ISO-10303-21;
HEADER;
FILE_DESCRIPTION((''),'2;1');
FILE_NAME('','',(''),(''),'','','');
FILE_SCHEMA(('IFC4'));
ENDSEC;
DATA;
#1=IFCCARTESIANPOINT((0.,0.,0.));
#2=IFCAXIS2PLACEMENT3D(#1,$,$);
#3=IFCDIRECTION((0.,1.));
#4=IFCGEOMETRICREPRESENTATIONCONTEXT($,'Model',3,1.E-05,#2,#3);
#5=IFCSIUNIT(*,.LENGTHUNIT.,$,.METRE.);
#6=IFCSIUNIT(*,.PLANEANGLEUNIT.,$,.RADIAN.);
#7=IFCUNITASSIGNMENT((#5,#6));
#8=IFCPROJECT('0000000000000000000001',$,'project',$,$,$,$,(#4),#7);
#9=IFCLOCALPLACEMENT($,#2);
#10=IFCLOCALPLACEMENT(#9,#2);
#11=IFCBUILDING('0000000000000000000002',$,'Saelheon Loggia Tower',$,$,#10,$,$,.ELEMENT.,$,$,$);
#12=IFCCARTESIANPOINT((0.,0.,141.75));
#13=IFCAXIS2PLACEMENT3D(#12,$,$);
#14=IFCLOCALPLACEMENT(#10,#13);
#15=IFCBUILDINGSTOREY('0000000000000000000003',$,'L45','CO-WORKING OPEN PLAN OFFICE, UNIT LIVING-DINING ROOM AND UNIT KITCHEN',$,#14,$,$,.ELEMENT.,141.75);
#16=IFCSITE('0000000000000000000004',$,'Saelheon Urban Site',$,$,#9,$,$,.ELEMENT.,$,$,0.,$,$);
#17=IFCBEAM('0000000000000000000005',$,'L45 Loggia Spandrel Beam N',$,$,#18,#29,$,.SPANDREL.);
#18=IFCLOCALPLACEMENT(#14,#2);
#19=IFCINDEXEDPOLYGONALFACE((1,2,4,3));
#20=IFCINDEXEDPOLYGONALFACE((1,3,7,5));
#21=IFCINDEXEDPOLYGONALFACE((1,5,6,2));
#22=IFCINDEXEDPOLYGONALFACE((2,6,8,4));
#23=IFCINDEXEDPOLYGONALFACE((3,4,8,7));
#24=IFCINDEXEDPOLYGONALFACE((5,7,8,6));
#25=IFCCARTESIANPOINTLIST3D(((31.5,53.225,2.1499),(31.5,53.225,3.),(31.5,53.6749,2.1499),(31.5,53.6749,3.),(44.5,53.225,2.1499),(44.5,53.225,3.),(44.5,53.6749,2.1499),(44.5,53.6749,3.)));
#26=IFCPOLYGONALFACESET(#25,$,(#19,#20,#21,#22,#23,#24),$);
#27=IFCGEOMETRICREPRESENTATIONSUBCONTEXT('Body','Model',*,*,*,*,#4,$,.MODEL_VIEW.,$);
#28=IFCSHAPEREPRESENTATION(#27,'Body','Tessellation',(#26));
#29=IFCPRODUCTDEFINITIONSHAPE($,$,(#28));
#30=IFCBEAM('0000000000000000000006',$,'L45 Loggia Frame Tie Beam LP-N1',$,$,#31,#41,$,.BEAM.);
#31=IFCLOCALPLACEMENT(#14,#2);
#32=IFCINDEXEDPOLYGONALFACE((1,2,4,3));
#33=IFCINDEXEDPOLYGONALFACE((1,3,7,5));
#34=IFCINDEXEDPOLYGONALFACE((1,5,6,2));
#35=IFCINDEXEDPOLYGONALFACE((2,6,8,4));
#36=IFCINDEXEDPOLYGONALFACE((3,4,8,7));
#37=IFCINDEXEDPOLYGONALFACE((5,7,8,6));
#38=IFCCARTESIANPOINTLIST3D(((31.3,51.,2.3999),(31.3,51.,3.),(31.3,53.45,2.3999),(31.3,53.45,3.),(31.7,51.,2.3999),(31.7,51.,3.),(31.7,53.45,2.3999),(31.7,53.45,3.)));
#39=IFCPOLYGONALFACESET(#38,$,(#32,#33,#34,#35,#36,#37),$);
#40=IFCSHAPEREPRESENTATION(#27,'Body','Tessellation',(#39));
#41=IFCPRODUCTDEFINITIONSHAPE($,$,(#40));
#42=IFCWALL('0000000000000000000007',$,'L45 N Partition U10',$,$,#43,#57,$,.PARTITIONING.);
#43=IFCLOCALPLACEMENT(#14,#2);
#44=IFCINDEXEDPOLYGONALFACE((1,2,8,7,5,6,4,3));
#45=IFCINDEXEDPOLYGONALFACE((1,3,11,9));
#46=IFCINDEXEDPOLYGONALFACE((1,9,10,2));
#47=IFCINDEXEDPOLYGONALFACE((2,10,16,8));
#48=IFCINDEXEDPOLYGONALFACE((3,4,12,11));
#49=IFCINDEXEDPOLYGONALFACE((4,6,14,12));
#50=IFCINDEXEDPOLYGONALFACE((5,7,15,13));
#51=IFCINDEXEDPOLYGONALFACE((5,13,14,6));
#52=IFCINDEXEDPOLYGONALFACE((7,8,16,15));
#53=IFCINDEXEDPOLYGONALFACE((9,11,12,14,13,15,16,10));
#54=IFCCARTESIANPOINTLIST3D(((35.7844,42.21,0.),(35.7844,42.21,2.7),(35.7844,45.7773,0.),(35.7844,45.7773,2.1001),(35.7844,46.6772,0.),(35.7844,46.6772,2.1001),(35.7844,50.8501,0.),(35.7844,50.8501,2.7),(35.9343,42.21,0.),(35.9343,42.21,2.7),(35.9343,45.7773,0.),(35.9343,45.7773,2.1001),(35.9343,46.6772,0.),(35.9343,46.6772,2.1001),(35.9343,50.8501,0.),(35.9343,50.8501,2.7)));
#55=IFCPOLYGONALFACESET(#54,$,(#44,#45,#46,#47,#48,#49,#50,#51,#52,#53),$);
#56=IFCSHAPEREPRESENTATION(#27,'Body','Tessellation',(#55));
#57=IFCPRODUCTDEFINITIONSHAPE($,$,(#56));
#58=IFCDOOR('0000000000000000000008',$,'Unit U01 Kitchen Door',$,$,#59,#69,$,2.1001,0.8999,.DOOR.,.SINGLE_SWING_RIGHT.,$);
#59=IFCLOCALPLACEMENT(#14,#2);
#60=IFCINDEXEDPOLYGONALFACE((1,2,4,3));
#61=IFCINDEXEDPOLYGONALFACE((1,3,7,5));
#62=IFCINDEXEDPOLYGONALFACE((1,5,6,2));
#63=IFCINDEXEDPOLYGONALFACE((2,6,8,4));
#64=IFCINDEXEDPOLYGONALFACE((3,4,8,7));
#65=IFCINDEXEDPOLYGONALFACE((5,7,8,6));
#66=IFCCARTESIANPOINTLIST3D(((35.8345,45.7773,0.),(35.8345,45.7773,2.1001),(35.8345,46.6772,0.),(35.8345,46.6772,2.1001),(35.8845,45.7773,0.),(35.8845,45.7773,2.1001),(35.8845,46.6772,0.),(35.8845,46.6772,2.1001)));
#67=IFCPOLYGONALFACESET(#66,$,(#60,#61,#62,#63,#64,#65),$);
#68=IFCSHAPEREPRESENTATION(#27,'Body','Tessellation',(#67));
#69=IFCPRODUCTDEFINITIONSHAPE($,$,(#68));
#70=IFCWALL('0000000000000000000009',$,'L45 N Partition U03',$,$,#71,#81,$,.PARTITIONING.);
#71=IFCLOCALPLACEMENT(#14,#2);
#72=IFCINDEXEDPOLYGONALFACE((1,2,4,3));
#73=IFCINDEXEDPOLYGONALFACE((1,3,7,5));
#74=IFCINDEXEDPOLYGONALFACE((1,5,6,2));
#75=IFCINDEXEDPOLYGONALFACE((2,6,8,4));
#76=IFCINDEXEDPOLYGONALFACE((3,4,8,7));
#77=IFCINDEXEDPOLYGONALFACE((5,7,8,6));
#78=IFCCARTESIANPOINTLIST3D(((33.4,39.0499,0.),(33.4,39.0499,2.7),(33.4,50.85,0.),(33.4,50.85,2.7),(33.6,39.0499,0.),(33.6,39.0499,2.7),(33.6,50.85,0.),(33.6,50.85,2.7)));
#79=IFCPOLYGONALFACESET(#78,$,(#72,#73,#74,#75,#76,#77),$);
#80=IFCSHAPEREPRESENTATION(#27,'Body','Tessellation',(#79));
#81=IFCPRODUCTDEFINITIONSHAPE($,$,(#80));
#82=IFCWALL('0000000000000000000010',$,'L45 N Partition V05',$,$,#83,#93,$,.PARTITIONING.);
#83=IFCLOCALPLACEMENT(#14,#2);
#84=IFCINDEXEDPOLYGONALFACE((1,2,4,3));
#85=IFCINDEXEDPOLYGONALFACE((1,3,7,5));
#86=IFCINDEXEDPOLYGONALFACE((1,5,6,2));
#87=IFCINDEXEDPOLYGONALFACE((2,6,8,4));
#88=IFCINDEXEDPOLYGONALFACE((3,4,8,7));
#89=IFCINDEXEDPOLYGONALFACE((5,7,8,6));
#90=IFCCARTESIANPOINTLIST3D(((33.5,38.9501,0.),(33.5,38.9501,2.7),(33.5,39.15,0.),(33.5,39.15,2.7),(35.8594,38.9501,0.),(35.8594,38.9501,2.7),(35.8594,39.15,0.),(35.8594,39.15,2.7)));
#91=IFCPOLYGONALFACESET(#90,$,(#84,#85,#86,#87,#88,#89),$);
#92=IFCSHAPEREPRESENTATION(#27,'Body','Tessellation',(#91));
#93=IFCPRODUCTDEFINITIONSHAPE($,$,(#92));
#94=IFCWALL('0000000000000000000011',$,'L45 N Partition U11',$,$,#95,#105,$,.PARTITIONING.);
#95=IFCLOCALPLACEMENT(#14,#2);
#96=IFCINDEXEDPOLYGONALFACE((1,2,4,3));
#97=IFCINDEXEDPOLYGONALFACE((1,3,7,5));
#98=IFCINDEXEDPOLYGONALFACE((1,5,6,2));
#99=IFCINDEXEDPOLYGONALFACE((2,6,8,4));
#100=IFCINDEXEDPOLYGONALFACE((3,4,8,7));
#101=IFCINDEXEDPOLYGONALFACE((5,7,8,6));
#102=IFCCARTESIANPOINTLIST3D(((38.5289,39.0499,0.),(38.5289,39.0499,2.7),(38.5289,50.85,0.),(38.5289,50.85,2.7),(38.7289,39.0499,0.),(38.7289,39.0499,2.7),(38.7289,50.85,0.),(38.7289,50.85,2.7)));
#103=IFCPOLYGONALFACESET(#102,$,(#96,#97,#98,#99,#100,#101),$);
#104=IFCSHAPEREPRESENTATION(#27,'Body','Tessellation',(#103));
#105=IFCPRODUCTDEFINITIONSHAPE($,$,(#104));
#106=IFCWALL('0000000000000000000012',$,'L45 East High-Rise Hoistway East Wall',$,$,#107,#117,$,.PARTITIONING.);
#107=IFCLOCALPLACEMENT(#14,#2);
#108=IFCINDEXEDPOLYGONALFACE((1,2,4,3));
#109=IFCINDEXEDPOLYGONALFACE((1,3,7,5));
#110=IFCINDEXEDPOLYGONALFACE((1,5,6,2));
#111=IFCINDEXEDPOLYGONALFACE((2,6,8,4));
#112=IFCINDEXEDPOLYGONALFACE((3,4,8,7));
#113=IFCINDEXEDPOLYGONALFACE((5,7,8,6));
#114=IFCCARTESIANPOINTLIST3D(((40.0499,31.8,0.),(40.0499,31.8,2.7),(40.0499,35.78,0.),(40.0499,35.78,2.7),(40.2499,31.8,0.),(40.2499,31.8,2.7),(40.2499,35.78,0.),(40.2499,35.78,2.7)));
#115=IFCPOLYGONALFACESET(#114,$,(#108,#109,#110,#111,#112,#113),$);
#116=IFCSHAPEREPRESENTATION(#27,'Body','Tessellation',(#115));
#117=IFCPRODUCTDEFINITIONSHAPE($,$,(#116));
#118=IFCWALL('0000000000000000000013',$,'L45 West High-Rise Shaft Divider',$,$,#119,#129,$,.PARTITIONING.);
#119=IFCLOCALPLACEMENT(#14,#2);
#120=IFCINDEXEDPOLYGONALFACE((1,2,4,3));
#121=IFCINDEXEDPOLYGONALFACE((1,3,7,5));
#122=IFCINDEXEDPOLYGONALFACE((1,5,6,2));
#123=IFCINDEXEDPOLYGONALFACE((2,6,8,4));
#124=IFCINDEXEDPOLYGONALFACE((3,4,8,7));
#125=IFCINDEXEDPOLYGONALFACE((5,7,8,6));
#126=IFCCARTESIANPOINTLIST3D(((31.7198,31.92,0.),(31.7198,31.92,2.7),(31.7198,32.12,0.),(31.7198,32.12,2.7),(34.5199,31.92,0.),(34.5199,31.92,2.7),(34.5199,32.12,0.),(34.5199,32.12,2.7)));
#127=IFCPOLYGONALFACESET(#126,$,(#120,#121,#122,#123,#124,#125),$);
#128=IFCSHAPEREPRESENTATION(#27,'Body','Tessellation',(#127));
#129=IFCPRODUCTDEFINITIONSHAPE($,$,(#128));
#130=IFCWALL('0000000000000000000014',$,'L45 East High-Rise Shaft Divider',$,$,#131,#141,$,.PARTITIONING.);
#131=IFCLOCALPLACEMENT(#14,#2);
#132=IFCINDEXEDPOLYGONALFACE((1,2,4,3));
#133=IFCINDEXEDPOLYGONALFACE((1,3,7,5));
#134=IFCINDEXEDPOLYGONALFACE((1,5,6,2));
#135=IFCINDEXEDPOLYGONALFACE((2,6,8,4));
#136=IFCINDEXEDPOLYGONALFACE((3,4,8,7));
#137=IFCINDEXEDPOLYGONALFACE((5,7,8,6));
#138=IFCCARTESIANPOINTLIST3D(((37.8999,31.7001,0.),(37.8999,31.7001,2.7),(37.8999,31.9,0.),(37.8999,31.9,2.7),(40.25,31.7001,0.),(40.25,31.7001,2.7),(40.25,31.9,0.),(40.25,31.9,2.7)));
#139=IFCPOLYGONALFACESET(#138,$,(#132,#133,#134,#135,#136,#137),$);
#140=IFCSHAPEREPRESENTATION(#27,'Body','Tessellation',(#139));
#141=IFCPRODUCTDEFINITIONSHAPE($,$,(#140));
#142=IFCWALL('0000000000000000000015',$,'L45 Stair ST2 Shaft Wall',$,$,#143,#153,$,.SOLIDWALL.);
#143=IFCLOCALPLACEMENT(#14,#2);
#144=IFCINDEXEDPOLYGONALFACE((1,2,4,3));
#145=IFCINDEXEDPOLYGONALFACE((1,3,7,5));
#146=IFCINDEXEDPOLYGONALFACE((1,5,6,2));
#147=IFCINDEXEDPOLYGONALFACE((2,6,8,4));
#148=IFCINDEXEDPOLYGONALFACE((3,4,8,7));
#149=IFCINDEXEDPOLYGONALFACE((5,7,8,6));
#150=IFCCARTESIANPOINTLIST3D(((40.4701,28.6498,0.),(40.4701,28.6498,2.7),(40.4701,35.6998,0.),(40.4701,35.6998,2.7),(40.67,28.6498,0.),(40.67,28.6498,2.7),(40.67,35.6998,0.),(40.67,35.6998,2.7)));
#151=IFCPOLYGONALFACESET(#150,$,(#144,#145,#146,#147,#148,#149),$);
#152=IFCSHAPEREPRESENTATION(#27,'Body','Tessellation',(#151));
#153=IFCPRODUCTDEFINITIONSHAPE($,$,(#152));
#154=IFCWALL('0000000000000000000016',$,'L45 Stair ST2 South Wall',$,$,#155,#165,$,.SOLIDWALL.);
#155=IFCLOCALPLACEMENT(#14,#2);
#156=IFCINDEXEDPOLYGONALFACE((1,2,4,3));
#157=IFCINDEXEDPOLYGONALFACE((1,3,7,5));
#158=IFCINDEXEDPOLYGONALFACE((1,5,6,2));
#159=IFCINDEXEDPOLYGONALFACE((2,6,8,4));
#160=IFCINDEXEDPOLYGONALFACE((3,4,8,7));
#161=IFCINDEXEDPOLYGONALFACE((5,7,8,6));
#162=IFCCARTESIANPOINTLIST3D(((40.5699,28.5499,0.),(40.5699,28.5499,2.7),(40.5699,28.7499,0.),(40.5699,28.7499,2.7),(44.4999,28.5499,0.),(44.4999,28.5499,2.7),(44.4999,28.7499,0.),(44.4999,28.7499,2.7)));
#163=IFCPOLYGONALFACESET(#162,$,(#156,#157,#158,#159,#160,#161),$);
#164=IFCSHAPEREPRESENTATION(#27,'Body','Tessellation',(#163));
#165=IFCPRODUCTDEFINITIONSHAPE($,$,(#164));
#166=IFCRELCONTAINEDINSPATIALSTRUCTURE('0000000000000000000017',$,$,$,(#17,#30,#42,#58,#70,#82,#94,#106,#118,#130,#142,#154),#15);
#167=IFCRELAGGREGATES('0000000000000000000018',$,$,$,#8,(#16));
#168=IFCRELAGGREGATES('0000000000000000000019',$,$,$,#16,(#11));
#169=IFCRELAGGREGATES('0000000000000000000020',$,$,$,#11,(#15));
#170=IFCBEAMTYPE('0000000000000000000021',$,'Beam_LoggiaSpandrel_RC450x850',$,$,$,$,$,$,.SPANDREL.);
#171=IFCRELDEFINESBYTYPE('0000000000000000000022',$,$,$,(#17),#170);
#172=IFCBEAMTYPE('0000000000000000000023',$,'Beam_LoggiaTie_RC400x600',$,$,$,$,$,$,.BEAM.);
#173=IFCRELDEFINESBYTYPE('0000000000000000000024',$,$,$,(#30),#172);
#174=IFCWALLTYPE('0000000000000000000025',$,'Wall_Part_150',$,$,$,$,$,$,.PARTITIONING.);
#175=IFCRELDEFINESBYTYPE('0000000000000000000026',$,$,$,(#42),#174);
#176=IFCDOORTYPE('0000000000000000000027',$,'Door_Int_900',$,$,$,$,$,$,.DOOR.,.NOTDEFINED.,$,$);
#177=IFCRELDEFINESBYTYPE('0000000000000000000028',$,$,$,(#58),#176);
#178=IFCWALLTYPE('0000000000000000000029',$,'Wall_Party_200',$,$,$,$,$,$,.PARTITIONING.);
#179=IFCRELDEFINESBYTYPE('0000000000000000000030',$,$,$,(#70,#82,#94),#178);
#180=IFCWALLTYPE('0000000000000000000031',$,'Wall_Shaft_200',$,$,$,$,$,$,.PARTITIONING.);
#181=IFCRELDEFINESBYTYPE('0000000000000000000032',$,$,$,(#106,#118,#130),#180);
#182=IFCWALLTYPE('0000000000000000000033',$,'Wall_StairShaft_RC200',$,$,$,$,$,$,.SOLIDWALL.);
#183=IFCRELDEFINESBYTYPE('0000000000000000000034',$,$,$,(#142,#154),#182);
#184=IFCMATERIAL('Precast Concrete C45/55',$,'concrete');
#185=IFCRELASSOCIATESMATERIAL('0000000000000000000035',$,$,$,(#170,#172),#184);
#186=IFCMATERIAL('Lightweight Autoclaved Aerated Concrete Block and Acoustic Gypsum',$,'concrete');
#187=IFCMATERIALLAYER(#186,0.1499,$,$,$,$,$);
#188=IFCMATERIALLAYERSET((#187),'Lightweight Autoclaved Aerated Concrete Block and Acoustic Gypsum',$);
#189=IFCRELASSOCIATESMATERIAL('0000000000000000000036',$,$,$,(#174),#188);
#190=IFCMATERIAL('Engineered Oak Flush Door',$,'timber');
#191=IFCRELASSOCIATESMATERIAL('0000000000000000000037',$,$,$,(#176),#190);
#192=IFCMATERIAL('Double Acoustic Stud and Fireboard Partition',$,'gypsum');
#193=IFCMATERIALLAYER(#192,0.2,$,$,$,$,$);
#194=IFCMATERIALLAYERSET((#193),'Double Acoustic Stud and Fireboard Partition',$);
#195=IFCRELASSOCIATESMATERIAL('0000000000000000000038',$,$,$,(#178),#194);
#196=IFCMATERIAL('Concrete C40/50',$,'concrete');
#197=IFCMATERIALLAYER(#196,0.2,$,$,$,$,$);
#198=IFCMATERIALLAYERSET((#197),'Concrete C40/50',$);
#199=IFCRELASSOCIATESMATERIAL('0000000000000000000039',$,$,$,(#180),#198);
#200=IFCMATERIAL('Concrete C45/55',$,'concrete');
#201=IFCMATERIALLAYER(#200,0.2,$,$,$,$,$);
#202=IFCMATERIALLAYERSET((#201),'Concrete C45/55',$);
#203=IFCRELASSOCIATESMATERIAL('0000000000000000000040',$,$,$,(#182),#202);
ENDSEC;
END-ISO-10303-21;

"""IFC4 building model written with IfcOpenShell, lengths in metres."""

from ifc_helpers import new_model, si_unit, direction, frame, frame_2d, origin, origin_2d, place, context, subcontext, project, spatial, rectangle, extrude, source, transform, mapped, material, layer, layer_set, material_profile, profile_set, type_object, element, fill, save


model = new_model("IFC4")

# Units and contexts
model_context = context("Model", 3, precision=1e-05, world=origin(), true_north=direction((0.0, 1.0)))
body_context = subcontext(model_context, "Body", "Model", "MODEL_VIEW")
ifc_project = project(units=[si_unit("LENGTHUNIT", "METRE"), si_unit("PLANEANGLEUNIT", "RADIAN")], contexts=[model_context])

# Site, building, storey
site_placement = place(None, origin())
site = spatial("IfcSite", under=ifc_project, at=site_placement, Name="Saelheon Urban Site", CompositionType="ELEMENT", RefElevation=0.0)
building_placement = place(site_placement, origin())
building = spatial("IfcBuilding", under=site, at=building_placement, Name="Saelheon Loggia Tower", CompositionType="ELEMENT")
storey_placement = place(building_placement, frame((0.0, 0.0, 141.75)))
storey = spatial("IfcBuildingStorey", under=building, at=storey_placement, Name="L45", Description="CO-WORKING OPEN PLAN OFFICE, UNIT LIVING-DINING ROOM AND UNIT KITCHEN", CompositionType="ELEMENT", Elevation=141.75)

# Beams
ifc_material_1 = material(Name="Precast Concrete C45/55", Category="concrete")
ifc_material_profile_1 = material_profile(ifc_material_1, rectangle(XDim=0.45, YDim=0.8501, at=origin_2d()), Name="RC-450x850")
ifc_profile_set_1 = profile_set([ifc_material_profile_1], Name="Precast Concrete C45/55")
beam_type_1 = type_object("IfcBeamType", Name="Beam_LoggiaSpandrel_RC450x850", PredefinedType="SPANDREL", material=ifc_profile_set_1)
shared_shape_1 = source(origin(), body_context, "Body", "SweptSolid", [
    extrude(rectangle(XDim=0.45, YDim=0.8501, at=origin_2d()), origin(), (0.0, 0.0, 1.0), 13.0),
])
beam_1_placement = place(storey_placement, frame((31.5, 53.45, 2.575), z_axis=(1.0, 0.0, 0.0), x_axis=(0.0, 1.0, 0.0)))
element("IfcBeam", 1, at=beam_1_placement, inside=storey, type_object=beam_type_1, Name="L45 Loggia Spandrel Beam N", PredefinedType="SPANDREL", context=body_context, shape_type="MappedRepresentation", body=[
    mapped(shared_shape_1, transform((0.0, 0.0, 0.0), scale=1.0)),
])
ifc_material_profile_2 = material_profile(ifc_material_1, rectangle(XDim=0.3999, YDim=0.6001, at=origin_2d()), Name="RC-400x600")
ifc_profile_set_2 = profile_set([ifc_material_profile_2], Name="Precast Concrete C45/55")
beam_type_2 = type_object("IfcBeamType", Name="Beam_LoggiaTie_RC400x600", PredefinedType="BEAM", material=ifc_profile_set_2)
shared_shape_2 = source(origin(), body_context, "Body", "SweptSolid", [
    extrude(rectangle(XDim=0.3999, YDim=0.6001, at=origin_2d()), origin(), (0.0, 0.0, 1.0), 2.45),
])
beam_2_placement = place(storey_placement, frame((31.5, 51.0, 2.7), z_axis=(0.0, 1.0, 0.0), x_axis=(-1.0, 0.0, 0.0)))
element("IfcBeam", 2, at=beam_2_placement, inside=storey, type_object=beam_type_2, Name="L45 Loggia Frame Tie Beam LP-N1", PredefinedType="BEAM", context=body_context, shape_type="MappedRepresentation", body=[
    mapped(shared_shape_2, transform((0.0, 0.0, 0.0), scale=1.0)),
])

# Wall, opening, door
ifc_material_2 = material(Name="Lightweight Autoclaved Aerated Concrete Block and Acoustic Gypsum", Category="concrete")
ifc_layer_1 = layer(ifc_material_2, 0.1499)
ifc_layer_set_1 = layer_set([ifc_layer_1], Name="Lightweight Autoclaved Aerated Concrete Block and Acoustic Gypsum")
wall_type_1 = type_object("IfcWallType", Name="Wall_Part_150", PredefinedType="PARTITIONING", material=ifc_layer_set_1)
wall_1_placement = place(storey_placement, frame((35.8594, 42.21, 0.0), z_axis=(0.0, 0.0, 1.0), x_axis=(0.0, 1.0, 0.0)))
wall_1 = element("IfcWall", 3, at=wall_1_placement, inside=storey, type_object=wall_type_1, Name="L45 N Partition U10", PredefinedType="PARTITIONING", context=body_context, shape_type="SweptSolid", body=[
    extrude(rectangle(XDim=8.6401, YDim=0.1499, at=frame_2d((4.3201, 0.0))), origin(), (0.0, 0.0, 1.0), 2.7),
])
opening_1_placement = place(wall_1_placement, frame((3.5674, 0.0, 0.0)))
opening_1 = element("IfcOpeningElement", 4, at=opening_1_placement, cuts=wall_1, PredefinedType="OPENING", context=body_context, shape_type="SweptSolid", body=[
    extrude(rectangle(XDim=0.8999, YDim=2.1001, at=frame_2d((0.45, 1.05))), frame((0.0, 0.0869, 0.0), z_axis=(0.0, -1.0, 0.0), x_axis=(1.0, 0.0, 0.0)), (0.0, 0.0, 1.0), 0.1738),
])
ifc_material_3 = material(Name="Engineered Oak Flush Door", Category="timber")
door_type_1 = type_object("IfcDoorType", Name="Door_Int_900", OperationType="NOTDEFINED", PredefinedType="DOOR", material=ifc_material_3)
shared_shape_3 = source(origin(), body_context, "Body", "SweptSolid", [
    extrude(rectangle(XDim=0.8999, YDim=2.1001, at=frame_2d((0.45, 1.05))), frame((0.0, 0.0249, 0.0), z_axis=(0.0, -1.0, 0.0), x_axis=(1.0, 0.0, 0.0)), (0.0, 0.0, 1.0), 0.05),
])
door_1_placement = place(opening_1_placement, origin())
door_1 = element("IfcDoor", 5, at=door_1_placement, inside=storey, type_object=door_type_1, Name="Unit U01 Kitchen Door", OperationType="SINGLE_SWING_RIGHT", OverallHeight=2.1001, OverallWidth=0.8999, PredefinedType="DOOR", context=body_context, shape_type="MappedRepresentation", body=[
    mapped(shared_shape_3, transform((0.0, 0.0, 0.0), scale=1.0)),
])
fill(opening_1, door_1)

# Walls
ifc_material_4 = material(Name="Double Acoustic Stud and Fireboard Partition", Category="gypsum")
ifc_layer_2 = layer(ifc_material_4, 0.2)
ifc_layer_set_2 = layer_set([ifc_layer_2], Name="Double Acoustic Stud and Fireboard Partition")
wall_type_2 = type_object("IfcWallType", Name="Wall_Party_200", PredefinedType="PARTITIONING", material=ifc_layer_set_2)
wall_2_placement = place(storey_placement, frame((33.5, 39.05, 0.0), z_axis=(0.0, 0.0, 1.0), x_axis=(0.0, 1.0, 0.0)))
element("IfcWall", 6, at=wall_2_placement, inside=storey, type_object=wall_type_2, Name="L45 N Partition U03", PredefinedType="PARTITIONING", context=body_context, shape_type="SweptSolid", body=[
    extrude(rectangle(XDim=11.8, YDim=0.2, at=frame_2d((5.8999, 0.0))), origin(), (0.0, 0.0, 1.0), 2.7),
])
wall_3_placement = place(storey_placement, frame((33.5, 39.05, 0.0), z_axis=(0.0, 0.0, 1.0), x_axis=(1.0, 0.0, 0.0)))
element("IfcWall", 7, at=wall_3_placement, inside=storey, type_object=wall_type_2, Name="L45 N Partition V05", PredefinedType="PARTITIONING", context=body_context, shape_type="SweptSolid", body=[
    extrude(rectangle(XDim=2.3594, YDim=0.2, at=frame_2d((1.1797, 0.0))), origin(), (0.0, 0.0, 1.0), 2.7),
])

# Walls
wall_4_placement = place(storey_placement, frame((38.6289, 39.05, 0.0), z_axis=(0.0, 0.0, 1.0), x_axis=(0.0, 1.0, 0.0)))
element("IfcWall", 8, at=wall_4_placement, inside=storey, type_object=wall_type_2, Name="L45 N Partition U11", PredefinedType="PARTITIONING", context=body_context, shape_type="SweptSolid", body=[
    extrude(rectangle(XDim=11.8, YDim=0.2, at=frame_2d((5.8999, 0.0))), origin(), (0.0, 0.0, 1.0), 2.7),
])
ifc_material_5 = material(Name="Concrete C40/50", Category="concrete")
ifc_layer_3 = layer(ifc_material_5, 0.2)
ifc_layer_set_3 = layer_set([ifc_layer_3], Name="Concrete C40/50")
wall_type_3 = type_object("IfcWallType", Name="Wall_Shaft_200", PredefinedType="PARTITIONING", material=ifc_layer_set_3)
wall_5_placement = place(storey_placement, frame((40.1499, 31.8, 0.0), z_axis=(0.0, 0.0, 1.0), x_axis=(0.0, 1.0, 0.0)))
element("IfcWall", 9, at=wall_5_placement, inside=storey, type_object=wall_type_3, Name="L45 East High-Rise Hoistway East Wall", PredefinedType="PARTITIONING", context=body_context, shape_type="SweptSolid", body=[
    extrude(rectangle(XDim=3.98, YDim=0.2, at=frame_2d((1.99, 0.0))), origin(), (0.0, 0.0, 1.0), 2.7),
])
wall_6_placement = place(storey_placement, frame((31.72, 32.02, 0.0), z_axis=(0.0, 0.0, 1.0), x_axis=(1.0, 0.0, 0.0)))
element("IfcWall", 10, at=wall_6_placement, inside=storey, type_object=wall_type_3, Name="L45 West High-Rise Shaft Divider", PredefinedType="PARTITIONING", context=body_context, shape_type="SweptSolid", body=[
    extrude(rectangle(XDim=2.8, YDim=0.2, at=frame_2d((1.3999, 0.0))), origin(), (0.0, 0.0, 1.0), 2.7),
])
wall_7_placement = place(storey_placement, frame((37.8999, 31.8, 0.0), z_axis=(0.0, 0.0, 1.0), x_axis=(1.0, 0.0, 0.0)))
element("IfcWall", 11, at=wall_7_placement, inside=storey, type_object=wall_type_3, Name="L45 East High-Rise Shaft Divider", PredefinedType="PARTITIONING", context=body_context, shape_type="SweptSolid", body=[
    extrude(rectangle(XDim=2.3501, YDim=0.2, at=frame_2d((1.175, 0.0))), origin(), (0.0, 0.0, 1.0), 2.7),
])
ifc_material_6 = material(Name="Concrete C45/55", Category="concrete")
ifc_layer_4 = layer(ifc_material_6, 0.2)
ifc_layer_set_4 = layer_set([ifc_layer_4], Name="Concrete C45/55")
wall_type_4 = type_object("IfcWallType", Name="Wall_StairShaft_RC200", PredefinedType="SOLIDWALL", material=ifc_layer_set_4)
wall_8_placement = place(storey_placement, frame((40.5701, 28.6499, 0.0), z_axis=(0.0, 0.0, 1.0), x_axis=(0.0, 1.0, 0.0)))
element("IfcWall", 12, at=wall_8_placement, inside=storey, type_object=wall_type_4, Name="L45 Stair ST2 Shaft Wall", PredefinedType="SOLIDWALL", context=body_context, shape_type="SweptSolid", body=[
    extrude(rectangle(XDim=7.05, YDim=0.2, at=frame_2d((3.5249, 0.0))), origin(), (0.0, 0.0, 1.0), 2.7),
])
wall_9_placement = place(storey_placement, frame((40.5701, 28.6499, 0.0), z_axis=(0.0, 0.0, 1.0), x_axis=(1.0, 0.0, 0.0)))
element("IfcWall", 13, at=wall_9_placement, inside=storey, type_object=wall_type_4, Name="L45 Stair ST2 South Wall", PredefinedType="SOLIDWALL", context=body_context, shape_type="SweptSolid", body=[
    extrude(rectangle(XDim=3.9299, YDim=0.2, at=frame_2d((1.9648, 0.0))), origin(), (0.0, 0.0, 1.0), 2.7),
])

save(model, "model.ifc")
